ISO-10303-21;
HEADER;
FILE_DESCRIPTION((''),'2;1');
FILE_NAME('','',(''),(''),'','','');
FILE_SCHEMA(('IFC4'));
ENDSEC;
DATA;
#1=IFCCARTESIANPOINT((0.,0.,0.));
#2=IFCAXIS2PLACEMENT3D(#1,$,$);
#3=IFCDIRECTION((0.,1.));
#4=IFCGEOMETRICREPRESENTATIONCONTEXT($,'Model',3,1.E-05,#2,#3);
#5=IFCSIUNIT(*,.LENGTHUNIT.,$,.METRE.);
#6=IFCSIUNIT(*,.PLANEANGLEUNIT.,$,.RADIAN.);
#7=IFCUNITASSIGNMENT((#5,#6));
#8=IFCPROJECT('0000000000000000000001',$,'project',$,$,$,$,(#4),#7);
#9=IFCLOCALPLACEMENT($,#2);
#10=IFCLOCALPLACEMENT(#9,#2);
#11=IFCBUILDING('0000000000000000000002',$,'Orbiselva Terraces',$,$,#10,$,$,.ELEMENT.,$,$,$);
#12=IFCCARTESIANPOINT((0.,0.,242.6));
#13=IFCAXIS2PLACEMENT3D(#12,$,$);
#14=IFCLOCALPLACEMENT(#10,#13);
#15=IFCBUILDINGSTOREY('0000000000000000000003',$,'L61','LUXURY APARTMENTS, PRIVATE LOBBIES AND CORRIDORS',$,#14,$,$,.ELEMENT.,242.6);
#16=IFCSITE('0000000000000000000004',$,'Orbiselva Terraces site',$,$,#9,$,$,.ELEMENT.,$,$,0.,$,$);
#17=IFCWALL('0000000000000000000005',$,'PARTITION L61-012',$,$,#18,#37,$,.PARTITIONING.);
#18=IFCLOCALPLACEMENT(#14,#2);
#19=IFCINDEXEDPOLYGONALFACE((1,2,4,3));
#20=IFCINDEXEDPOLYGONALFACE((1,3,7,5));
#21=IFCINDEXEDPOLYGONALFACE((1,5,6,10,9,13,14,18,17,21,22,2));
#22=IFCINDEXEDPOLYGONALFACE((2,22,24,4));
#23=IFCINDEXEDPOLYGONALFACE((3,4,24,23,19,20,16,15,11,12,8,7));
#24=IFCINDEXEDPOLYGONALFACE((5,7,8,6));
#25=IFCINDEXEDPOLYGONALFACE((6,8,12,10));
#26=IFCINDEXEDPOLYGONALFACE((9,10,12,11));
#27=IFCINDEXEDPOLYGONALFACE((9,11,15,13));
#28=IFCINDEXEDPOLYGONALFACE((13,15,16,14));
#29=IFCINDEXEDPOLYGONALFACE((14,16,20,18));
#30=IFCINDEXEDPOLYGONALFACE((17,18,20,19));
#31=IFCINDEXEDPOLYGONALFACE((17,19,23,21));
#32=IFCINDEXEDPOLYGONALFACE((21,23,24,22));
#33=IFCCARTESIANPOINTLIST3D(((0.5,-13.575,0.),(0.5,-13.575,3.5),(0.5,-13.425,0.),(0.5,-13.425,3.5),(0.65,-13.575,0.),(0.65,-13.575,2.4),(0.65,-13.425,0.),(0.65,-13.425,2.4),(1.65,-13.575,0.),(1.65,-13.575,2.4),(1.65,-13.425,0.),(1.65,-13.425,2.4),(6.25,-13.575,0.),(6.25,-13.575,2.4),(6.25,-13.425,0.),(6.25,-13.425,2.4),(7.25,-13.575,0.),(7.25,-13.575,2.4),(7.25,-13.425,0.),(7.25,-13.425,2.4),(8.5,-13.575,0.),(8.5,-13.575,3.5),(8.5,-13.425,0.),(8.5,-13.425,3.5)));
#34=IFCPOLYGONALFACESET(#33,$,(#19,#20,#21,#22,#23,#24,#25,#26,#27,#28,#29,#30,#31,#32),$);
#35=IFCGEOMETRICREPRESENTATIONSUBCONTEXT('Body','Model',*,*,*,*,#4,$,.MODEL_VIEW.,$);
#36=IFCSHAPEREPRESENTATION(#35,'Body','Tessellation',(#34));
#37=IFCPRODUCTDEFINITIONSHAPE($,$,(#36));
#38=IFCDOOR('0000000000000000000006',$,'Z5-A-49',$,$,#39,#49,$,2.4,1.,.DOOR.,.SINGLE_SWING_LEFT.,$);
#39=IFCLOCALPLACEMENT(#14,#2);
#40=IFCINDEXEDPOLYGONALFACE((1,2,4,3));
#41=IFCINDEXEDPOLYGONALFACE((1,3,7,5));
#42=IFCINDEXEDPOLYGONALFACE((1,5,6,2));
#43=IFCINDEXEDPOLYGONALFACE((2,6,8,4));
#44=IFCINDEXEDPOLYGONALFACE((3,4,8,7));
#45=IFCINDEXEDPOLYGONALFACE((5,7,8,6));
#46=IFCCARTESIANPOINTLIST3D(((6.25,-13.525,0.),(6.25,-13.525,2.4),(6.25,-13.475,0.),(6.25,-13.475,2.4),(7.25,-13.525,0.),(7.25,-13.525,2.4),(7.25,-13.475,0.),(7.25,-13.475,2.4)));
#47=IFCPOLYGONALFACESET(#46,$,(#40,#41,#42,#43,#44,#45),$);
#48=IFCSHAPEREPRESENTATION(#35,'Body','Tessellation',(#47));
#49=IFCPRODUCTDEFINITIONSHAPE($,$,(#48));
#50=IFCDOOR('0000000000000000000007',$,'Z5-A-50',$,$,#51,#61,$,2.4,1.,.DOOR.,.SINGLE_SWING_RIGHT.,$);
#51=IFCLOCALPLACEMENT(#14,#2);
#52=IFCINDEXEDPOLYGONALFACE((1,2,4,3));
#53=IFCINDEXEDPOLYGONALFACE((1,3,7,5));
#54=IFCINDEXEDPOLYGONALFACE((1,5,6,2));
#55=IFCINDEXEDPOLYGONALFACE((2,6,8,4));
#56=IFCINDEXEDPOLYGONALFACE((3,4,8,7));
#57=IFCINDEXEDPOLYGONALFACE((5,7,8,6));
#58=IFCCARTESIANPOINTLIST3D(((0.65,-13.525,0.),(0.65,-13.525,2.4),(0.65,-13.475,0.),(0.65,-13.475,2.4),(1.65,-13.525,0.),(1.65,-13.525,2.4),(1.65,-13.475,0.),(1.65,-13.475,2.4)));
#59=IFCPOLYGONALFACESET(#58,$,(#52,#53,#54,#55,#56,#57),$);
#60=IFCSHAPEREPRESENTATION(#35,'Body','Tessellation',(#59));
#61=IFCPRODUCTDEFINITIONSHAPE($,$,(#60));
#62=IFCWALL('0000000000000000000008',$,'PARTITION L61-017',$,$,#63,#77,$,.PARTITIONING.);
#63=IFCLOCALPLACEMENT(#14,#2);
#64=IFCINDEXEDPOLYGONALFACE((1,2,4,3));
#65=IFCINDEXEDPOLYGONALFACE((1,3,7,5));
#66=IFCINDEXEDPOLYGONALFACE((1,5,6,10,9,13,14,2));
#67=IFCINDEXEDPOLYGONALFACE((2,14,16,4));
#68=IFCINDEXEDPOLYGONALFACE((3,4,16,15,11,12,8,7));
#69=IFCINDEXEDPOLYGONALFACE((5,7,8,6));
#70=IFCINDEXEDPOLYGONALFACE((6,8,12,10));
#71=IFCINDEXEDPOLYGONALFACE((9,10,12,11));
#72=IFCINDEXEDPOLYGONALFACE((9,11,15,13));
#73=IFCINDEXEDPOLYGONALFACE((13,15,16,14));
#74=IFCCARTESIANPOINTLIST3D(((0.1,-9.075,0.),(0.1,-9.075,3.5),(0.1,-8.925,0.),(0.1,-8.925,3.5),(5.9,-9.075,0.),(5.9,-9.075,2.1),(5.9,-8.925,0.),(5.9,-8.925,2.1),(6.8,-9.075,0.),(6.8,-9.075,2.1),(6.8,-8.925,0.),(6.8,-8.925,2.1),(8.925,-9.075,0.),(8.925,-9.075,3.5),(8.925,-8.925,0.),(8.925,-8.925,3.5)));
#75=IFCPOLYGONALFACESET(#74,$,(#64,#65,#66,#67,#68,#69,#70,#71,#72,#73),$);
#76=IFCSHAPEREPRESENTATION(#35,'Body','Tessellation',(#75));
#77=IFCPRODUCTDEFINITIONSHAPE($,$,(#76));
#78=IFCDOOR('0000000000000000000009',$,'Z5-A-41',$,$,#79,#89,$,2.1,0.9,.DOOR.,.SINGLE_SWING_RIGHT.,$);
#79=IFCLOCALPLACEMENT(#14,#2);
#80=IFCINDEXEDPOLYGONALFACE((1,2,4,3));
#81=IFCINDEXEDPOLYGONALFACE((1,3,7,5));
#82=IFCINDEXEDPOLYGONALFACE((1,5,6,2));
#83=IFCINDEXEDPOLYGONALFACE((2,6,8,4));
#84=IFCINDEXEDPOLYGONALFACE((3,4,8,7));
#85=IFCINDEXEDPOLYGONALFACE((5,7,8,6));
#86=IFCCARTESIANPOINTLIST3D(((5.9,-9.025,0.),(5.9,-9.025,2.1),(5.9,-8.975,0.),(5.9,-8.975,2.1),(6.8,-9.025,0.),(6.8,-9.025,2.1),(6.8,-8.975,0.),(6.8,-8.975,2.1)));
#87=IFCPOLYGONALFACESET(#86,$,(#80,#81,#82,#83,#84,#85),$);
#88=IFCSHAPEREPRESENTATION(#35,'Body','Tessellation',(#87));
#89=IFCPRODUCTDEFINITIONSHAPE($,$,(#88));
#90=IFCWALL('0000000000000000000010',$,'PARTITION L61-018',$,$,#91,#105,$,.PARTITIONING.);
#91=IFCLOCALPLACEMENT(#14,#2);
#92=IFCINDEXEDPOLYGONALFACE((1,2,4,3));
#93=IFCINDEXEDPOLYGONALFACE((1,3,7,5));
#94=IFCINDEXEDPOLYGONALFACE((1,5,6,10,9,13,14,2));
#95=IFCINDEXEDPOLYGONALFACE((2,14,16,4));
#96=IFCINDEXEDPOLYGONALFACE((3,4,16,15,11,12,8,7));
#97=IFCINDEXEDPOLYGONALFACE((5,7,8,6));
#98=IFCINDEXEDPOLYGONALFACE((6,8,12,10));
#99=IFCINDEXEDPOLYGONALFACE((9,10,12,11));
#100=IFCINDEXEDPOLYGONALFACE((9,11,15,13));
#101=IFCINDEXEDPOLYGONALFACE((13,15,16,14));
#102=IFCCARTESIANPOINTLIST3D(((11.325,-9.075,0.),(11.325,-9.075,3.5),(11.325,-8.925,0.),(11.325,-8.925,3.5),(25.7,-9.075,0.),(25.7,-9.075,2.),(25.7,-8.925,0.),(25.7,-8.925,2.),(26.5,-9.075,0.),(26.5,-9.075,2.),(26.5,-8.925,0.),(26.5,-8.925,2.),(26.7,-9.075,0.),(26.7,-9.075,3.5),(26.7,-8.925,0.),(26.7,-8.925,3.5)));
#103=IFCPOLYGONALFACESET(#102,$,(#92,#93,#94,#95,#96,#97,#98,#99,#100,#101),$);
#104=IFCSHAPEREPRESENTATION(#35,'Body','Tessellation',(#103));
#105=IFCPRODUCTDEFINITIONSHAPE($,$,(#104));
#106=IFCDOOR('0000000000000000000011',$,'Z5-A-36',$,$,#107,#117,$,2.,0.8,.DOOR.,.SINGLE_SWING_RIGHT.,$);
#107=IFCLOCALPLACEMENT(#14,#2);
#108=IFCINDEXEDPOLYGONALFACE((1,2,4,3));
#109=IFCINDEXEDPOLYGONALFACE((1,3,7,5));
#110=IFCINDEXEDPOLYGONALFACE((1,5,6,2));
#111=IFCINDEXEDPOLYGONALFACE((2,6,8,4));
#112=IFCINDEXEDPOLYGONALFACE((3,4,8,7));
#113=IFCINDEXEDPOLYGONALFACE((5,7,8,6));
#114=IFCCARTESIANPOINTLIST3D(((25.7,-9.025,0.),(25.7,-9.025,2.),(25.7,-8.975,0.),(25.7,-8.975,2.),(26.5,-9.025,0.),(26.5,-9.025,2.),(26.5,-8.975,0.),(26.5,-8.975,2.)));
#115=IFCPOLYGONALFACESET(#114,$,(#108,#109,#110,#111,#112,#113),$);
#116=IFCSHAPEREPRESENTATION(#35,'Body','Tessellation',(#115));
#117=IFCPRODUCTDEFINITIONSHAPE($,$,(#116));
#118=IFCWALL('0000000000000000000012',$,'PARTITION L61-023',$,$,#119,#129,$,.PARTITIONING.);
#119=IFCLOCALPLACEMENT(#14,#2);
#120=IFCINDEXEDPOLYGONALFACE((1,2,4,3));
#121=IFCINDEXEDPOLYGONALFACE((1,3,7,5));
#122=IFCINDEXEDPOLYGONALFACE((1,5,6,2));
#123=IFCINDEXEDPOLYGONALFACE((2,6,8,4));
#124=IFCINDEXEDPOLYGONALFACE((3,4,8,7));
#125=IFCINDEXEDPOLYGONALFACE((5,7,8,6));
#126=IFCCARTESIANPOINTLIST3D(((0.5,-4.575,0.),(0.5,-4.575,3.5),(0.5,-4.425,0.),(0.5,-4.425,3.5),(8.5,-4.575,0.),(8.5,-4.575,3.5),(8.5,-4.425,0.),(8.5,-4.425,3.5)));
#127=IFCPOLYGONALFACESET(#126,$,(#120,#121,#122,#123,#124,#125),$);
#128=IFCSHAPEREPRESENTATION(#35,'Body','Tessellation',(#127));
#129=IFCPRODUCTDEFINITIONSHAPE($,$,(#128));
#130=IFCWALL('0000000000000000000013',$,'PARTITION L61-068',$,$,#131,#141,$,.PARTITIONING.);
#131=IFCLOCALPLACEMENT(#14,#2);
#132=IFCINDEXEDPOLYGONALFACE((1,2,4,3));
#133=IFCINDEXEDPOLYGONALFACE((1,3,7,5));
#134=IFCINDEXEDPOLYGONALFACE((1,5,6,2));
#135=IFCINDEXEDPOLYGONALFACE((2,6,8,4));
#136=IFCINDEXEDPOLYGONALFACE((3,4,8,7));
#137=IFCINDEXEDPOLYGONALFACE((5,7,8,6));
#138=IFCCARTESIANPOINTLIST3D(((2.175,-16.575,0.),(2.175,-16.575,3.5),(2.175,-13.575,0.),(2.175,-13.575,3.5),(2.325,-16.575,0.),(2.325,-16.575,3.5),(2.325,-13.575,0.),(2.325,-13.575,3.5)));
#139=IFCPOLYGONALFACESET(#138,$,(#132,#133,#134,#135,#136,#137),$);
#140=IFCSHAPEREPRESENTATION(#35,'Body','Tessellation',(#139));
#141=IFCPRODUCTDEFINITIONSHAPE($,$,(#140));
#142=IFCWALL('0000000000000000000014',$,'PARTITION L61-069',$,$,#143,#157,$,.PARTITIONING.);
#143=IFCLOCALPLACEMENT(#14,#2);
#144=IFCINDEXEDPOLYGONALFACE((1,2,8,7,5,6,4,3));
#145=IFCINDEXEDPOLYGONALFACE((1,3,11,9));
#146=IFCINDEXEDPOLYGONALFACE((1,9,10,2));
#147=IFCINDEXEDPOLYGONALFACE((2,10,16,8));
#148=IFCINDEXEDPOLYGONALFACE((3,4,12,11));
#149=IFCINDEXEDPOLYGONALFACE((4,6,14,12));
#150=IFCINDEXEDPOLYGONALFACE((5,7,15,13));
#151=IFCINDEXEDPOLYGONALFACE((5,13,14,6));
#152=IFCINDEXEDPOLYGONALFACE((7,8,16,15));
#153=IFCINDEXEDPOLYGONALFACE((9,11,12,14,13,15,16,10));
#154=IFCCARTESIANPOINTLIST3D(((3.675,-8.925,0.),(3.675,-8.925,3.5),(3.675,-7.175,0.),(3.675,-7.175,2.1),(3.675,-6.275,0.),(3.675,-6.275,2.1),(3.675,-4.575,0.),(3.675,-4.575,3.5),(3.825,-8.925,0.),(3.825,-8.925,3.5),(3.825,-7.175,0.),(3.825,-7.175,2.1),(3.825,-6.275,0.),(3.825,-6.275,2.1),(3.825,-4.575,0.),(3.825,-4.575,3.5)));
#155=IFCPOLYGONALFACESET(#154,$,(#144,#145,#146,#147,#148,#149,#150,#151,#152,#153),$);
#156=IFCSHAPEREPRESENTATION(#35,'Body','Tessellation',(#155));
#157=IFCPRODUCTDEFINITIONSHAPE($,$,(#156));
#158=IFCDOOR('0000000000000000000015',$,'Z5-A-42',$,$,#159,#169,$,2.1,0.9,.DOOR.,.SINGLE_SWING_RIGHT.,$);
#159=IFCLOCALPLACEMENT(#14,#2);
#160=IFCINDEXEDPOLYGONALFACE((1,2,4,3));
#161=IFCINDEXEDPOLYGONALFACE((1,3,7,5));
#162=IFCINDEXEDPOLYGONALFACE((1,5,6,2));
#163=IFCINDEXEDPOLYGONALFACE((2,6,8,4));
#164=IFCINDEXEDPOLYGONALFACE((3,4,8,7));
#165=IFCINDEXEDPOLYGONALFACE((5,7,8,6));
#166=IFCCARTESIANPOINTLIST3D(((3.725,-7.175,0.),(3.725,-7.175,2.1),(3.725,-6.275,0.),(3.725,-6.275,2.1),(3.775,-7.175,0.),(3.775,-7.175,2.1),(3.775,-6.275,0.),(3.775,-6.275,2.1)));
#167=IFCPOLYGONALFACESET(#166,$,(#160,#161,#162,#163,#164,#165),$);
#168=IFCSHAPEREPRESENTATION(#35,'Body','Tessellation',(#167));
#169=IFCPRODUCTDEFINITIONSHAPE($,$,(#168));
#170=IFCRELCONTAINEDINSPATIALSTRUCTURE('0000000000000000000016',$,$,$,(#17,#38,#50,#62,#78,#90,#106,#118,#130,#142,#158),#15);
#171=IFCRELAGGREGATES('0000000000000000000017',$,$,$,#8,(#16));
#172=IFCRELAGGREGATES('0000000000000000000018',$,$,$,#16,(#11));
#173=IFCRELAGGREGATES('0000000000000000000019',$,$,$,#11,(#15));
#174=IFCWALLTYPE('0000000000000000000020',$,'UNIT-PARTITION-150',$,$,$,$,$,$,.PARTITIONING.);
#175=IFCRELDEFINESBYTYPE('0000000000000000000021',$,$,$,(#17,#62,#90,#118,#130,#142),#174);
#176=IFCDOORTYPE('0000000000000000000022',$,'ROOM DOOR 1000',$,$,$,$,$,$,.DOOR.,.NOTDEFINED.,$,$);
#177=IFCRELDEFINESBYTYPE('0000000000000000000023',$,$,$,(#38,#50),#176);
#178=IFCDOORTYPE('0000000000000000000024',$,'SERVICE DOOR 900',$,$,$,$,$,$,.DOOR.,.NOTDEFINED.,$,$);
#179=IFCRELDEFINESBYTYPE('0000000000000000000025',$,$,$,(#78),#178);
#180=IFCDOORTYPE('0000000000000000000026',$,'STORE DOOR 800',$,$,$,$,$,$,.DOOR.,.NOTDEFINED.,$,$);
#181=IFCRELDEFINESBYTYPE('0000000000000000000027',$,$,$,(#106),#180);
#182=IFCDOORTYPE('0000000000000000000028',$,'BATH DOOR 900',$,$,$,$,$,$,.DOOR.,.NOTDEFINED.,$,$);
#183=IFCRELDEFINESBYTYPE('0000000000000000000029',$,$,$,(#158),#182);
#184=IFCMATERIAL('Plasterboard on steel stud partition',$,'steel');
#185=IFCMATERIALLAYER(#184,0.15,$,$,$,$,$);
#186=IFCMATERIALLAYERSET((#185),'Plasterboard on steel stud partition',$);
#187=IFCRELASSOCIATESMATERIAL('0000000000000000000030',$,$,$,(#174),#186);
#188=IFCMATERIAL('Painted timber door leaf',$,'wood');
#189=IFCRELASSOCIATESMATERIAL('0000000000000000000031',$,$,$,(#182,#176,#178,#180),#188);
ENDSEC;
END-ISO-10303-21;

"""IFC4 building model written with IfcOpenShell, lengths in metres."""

from ifc_helpers import new_model, si_unit, direction, frame, frame_2d, origin, place, context, subcontext, project, spatial, rectangle, extrude, material, layer, layer_set, type_object, element, fill, save


model = new_model("IFC4")

# Units and contexts
model_context = context("Model", 3, precision=1e-05, world=origin(), true_north=direction((0.0, 1.0)))
body_context = subcontext(model_context, "Body", "Model", "MODEL_VIEW")
ifc_project = project(units=[si_unit("LENGTHUNIT", "METRE"), si_unit("PLANEANGLEUNIT", "RADIAN")], contexts=[model_context])

# Site, building, storey
site_placement = place(None, origin())
site = spatial("IfcSite", under=ifc_project, at=site_placement, Name="Orbiselva Terraces site", CompositionType="ELEMENT", RefElevation=0.0)
building_placement = place(site_placement, origin())
building = spatial("IfcBuilding", under=site, at=building_placement, Name="Orbiselva Terraces", CompositionType="ELEMENT")
storey_placement = place(building_placement, frame((0.0, 0.0, 242.6)))
storey = spatial("IfcBuildingStorey", under=building, at=storey_placement, Name="L61", Description="LUXURY APARTMENTS, PRIVATE LOBBIES AND CORRIDORS", CompositionType="ELEMENT", Elevation=242.6)

# Shared definitions
ifc_material_1 = material(Name="Plasterboard on steel stud partition", Category="steel")
ifc_layer_1 = layer(ifc_material_1, 0.15)
ifc_layer_set_1 = layer_set([ifc_layer_1], Name="Plasterboard on steel stud partition")
wall_type_1 = type_object("IfcWallType", Name="UNIT-PARTITION-150", PredefinedType="PARTITIONING", material=ifc_layer_set_1)
ifc_material_2 = material(Name="Painted timber door leaf", Category="wood")
door_type_1 = type_object("IfcDoorType", Name="BATH DOOR 900", OperationType="NOTDEFINED", PredefinedType="DOOR", material=ifc_material_2)

# Wall, openings, doors
wall_1_placement = place(storey_placement, frame((8.5, -13.5, 0.0), z_axis=(0.0, 0.0, 1.0), x_axis=(-1.0, 0.0, 0.0)))
wall_1 = element("IfcWall", 1, at=wall_1_placement, inside=storey, type_object=wall_type_1, Name="PARTITION L61-012", PredefinedType="PARTITIONING", context=body_context, shape_type="SweptSolid", body=[
    extrude(rectangle(XDim=8.0, YDim=0.15, at=frame_2d((4.0, 0.0))), origin(), (0.0, 0.0, 1.0), 3.5),
])
opening_1_placement = place(wall_1_placement, frame((1.25, 0.0, 0.0)))
opening_1 = element("IfcOpeningElement", 2, at=opening_1_placement, cuts=wall_1, PredefinedType="OPENING", context=body_context, shape_type="SweptSolid", body=[
    extrude(rectangle(XDim=1.0, YDim=2.4, at=frame_2d((0.5, 1.2))), frame((0.0, 0.085, 0.0), z_axis=(0.0, -1.0, 0.0), x_axis=(1.0, 0.0, 0.0)), (0.0, 0.0, 1.0), 0.17),
])
opening_2_placement = place(wall_1_placement, frame((6.85, 0.0, 0.0)))
opening_2 = element("IfcOpeningElement", 3, at=opening_2_placement, cuts=wall_1, PredefinedType="OPENING", context=body_context, shape_type="SweptSolid", body=[
    extrude(rectangle(XDim=1.0, YDim=2.4, at=frame_2d((0.5, 1.2))), frame((0.0, 0.085, 0.0), z_axis=(0.0, -1.0, 0.0), x_axis=(1.0, 0.0, 0.0)), (0.0, 0.0, 1.0), 0.17),
])
door_type_2 = type_object("IfcDoorType", Name="ROOM DOOR 1000", OperationType="NOTDEFINED", PredefinedType="DOOR", material=ifc_material_2)
door_1_placement = place(opening_1_placement, origin())
door_1 = element("IfcDoor", 4, at=door_1_placement, inside=storey, type_object=door_type_2, Name="Z5-A-49", OperationType="SINGLE_SWING_LEFT", OverallHeight=2.4, OverallWidth=1.0, PredefinedType="DOOR", context=body_context, shape_type="SweptSolid", body=[
    extrude(rectangle(XDim=1.0, YDim=2.4, at=frame_2d((0.5, 1.2))), frame((0.0, 0.025, 0.0), z_axis=(0.0, -1.0, 0.0), x_axis=(1.0, 0.0, 0.0)), (0.0, 0.0, 1.0), 0.05),
])
fill(opening_1, door_1)
door_2_placement = place(opening_2_placement, origin())
door_2 = element("IfcDoor", 5, at=door_2_placement, inside=storey, type_object=door_type_2, Name="Z5-A-50", OperationType="SINGLE_SWING_RIGHT", OverallHeight=2.4, OverallWidth=1.0, PredefinedType="DOOR", context=body_context, shape_type="SweptSolid", body=[
    extrude(rectangle(XDim=1.0, YDim=2.4, at=frame_2d((0.5, 1.2))), frame((0.0, 0.025, 0.0), z_axis=(0.0, -1.0, 0.0), x_axis=(1.0, 0.0, 0.0)), (0.0, 0.0, 1.0), 0.05),
])
fill(opening_2, door_2)

# Walls, openings, doors
wall_2_placement = place(storey_placement, frame((0.1, -9.0, 0.0), z_axis=(0.0, 0.0, 1.0), x_axis=(1.0, 0.0, 0.0)))
wall_2 = element("IfcWall", 6, at=wall_2_placement, inside=storey, type_object=wall_type_1, Name="PARTITION L61-017", PredefinedType="PARTITIONING", context=body_context, shape_type="SweptSolid", body=[
    extrude(rectangle(XDim=8.825, YDim=0.15, at=frame_2d((4.4125, 0.0))), origin(), (0.0, 0.0, 1.0), 3.5),
])
opening_3_placement = place(wall_2_placement, frame((5.8, 0.0, 0.0)))
opening_3 = element("IfcOpeningElement", 7, at=opening_3_placement, cuts=wall_2, PredefinedType="OPENING", context=body_context, shape_type="SweptSolid", body=[
    extrude(rectangle(XDim=0.9, YDim=2.1, at=frame_2d((0.45, 1.05))), frame((0.0, 0.085, 0.0), z_axis=(0.0, -1.0, 0.0), x_axis=(1.0, 0.0, 0.0)), (0.0, 0.0, 1.0), 0.17),
])
door_type_3 = type_object("IfcDoorType", Name="SERVICE DOOR 900", OperationType="NOTDEFINED", PredefinedType="DOOR", material=ifc_material_2)
door_3_placement = place(opening_3_placement, origin())
door_3 = element("IfcDoor", 8, at=door_3_placement, inside=storey, type_object=door_type_3, Name="Z5-A-41", OperationType="SINGLE_SWING_RIGHT", OverallHeight=2.1, OverallWidth=0.9, PredefinedType="DOOR", context=body_context, shape_type="SweptSolid", body=[
    extrude(rectangle(XDim=0.9, YDim=2.1, at=frame_2d((0.45, 1.05))), frame((0.0, 0.025, 0.0), z_axis=(0.0, -1.0, 0.0), x_axis=(1.0, 0.0, 0.0)), (0.0, 0.0, 1.0), 0.05),
])
fill(opening_3, door_3)
wall_3_placement = place(storey_placement, frame((11.325, -9.0, 0.0), z_axis=(0.0, 0.0, 1.0), x_axis=(1.0, 0.0, 0.0)))
wall_3 = element("IfcWall", 9, at=wall_3_placement, inside=storey, type_object=wall_type_1, Name="PARTITION L61-018", PredefinedType="PARTITIONING", context=body_context, shape_type="SweptSolid", body=[
    extrude(rectangle(XDim=15.375, YDim=0.15, at=frame_2d((7.6875, 0.0))), origin(), (0.0, 0.0, 1.0), 3.5),
])
opening_4_placement = place(wall_3_placement, frame((14.375, 0.0, 0.0)))
opening_4 = element("IfcOpeningElement", 10, at=opening_4_placement, cuts=wall_3, PredefinedType="OPENING", context=body_context, shape_type="SweptSolid", body=[
    extrude(rectangle(XDim=0.8, YDim=2.0, at=frame_2d((0.4, 1.0))), frame((0.0, 0.085, 0.0), z_axis=(0.0, -1.0, 0.0), x_axis=(1.0, 0.0, 0.0)), (0.0, 0.0, 1.0), 0.17),
])
door_type_4 = type_object("IfcDoorType", Name="STORE DOOR 800", OperationType="NOTDEFINED", PredefinedType="DOOR", material=ifc_material_2)
door_4_placement = place(opening_4_placement, origin())
door_4 = element("IfcDoor", 11, at=door_4_placement, inside=storey, type_object=door_type_4, Name="Z5-A-36", OperationType="SINGLE_SWING_RIGHT", OverallHeight=2.0, OverallWidth=0.8, PredefinedType="DOOR", context=body_context, shape_type="SweptSolid", body=[
    extrude(rectangle(XDim=0.8, YDim=2.0, at=frame_2d((0.4, 1.0))), frame((0.0, 0.025, 0.0), z_axis=(0.0, -1.0, 0.0), x_axis=(1.0, 0.0, 0.0)), (0.0, 0.0, 1.0), 0.05),
])
fill(opening_4, door_4)

# Walls
wall_4_placement = place(storey_placement, frame((0.5, -4.5, 0.0), z_axis=(0.0, 0.0, 1.0), x_axis=(1.0, 0.0, 0.0)))
element("IfcWall", 12, at=wall_4_placement, inside=storey, type_object=wall_type_1, Name="PARTITION L61-023", PredefinedType="PARTITIONING", context=body_context, shape_type="SweptSolid", body=[
    extrude(rectangle(XDim=8.0, YDim=0.15, at=frame_2d((4.0, 0.0))), origin(), (0.0, 0.0, 1.0), 3.5),
])
wall_5_placement = place(storey_placement, frame((2.25, -16.575, 0.0), z_axis=(0.0, 0.0, 1.0), x_axis=(0.0, 1.0, 0.0)))
element("IfcWall", 13, at=wall_5_placement, inside=storey, type_object=wall_type_1, Name="PARTITION L61-068", PredefinedType="PARTITIONING", context=body_context, shape_type="SweptSolid", body=[
    extrude(rectangle(XDim=3.0, YDim=0.15, at=frame_2d((1.5, 0.0))), origin(), (0.0, 0.0, 1.0), 3.5),
])

# Wall, opening, door
wall_6_placement = place(storey_placement, frame((3.75, -8.925, 0.0), z_axis=(0.0, 0.0, 1.0), x_axis=(0.0, 1.0, 0.0)))
wall_6 = element("IfcWall", 14, at=wall_6_placement, inside=storey, type_object=wall_type_1, Name="PARTITION L61-069", PredefinedType="PARTITIONING", context=body_context, shape_type="SweptSolid", body=[
    extrude(rectangle(XDim=4.35, YDim=0.15, at=frame_2d((2.175, 0.0))), origin(), (0.0, 0.0, 1.0), 3.5),
])
opening_5_placement = place(wall_6_placement, frame((1.75, 0.0, 0.0)))
opening_5 = element("IfcOpeningElement", 15, at=opening_5_placement, cuts=wall_6, PredefinedType="OPENING", context=body_context, shape_type="SweptSolid", body=[
    extrude(rectangle(XDim=0.9, YDim=2.1, at=frame_2d((0.45, 1.05))), frame((0.0, 0.085, 0.0), z_axis=(0.0, -1.0, 0.0), x_axis=(1.0, 0.0, 0.0)), (0.0, 0.0, 1.0), 0.17),
])
door_5_placement = place(opening_5_placement, origin())
door_5 = element("IfcDoor", 16, at=door_5_placement, inside=storey, type_object=door_type_1, Name="Z5-A-42", OperationType="SINGLE_SWING_RIGHT", OverallHeight=2.1, OverallWidth=0.9, PredefinedType="DOOR", context=body_context, shape_type="SweptSolid", body=[
    extrude(rectangle(XDim=0.9, YDim=2.1, at=frame_2d((0.45, 1.05))), frame((0.0, 0.025, 0.0), z_axis=(0.0, -1.0, 0.0), x_axis=(1.0, 0.0, 0.0)), (0.0, 0.0, 1.0), 0.05),
])
fill(opening_5, door_5)

save(model, "model.ifc")
